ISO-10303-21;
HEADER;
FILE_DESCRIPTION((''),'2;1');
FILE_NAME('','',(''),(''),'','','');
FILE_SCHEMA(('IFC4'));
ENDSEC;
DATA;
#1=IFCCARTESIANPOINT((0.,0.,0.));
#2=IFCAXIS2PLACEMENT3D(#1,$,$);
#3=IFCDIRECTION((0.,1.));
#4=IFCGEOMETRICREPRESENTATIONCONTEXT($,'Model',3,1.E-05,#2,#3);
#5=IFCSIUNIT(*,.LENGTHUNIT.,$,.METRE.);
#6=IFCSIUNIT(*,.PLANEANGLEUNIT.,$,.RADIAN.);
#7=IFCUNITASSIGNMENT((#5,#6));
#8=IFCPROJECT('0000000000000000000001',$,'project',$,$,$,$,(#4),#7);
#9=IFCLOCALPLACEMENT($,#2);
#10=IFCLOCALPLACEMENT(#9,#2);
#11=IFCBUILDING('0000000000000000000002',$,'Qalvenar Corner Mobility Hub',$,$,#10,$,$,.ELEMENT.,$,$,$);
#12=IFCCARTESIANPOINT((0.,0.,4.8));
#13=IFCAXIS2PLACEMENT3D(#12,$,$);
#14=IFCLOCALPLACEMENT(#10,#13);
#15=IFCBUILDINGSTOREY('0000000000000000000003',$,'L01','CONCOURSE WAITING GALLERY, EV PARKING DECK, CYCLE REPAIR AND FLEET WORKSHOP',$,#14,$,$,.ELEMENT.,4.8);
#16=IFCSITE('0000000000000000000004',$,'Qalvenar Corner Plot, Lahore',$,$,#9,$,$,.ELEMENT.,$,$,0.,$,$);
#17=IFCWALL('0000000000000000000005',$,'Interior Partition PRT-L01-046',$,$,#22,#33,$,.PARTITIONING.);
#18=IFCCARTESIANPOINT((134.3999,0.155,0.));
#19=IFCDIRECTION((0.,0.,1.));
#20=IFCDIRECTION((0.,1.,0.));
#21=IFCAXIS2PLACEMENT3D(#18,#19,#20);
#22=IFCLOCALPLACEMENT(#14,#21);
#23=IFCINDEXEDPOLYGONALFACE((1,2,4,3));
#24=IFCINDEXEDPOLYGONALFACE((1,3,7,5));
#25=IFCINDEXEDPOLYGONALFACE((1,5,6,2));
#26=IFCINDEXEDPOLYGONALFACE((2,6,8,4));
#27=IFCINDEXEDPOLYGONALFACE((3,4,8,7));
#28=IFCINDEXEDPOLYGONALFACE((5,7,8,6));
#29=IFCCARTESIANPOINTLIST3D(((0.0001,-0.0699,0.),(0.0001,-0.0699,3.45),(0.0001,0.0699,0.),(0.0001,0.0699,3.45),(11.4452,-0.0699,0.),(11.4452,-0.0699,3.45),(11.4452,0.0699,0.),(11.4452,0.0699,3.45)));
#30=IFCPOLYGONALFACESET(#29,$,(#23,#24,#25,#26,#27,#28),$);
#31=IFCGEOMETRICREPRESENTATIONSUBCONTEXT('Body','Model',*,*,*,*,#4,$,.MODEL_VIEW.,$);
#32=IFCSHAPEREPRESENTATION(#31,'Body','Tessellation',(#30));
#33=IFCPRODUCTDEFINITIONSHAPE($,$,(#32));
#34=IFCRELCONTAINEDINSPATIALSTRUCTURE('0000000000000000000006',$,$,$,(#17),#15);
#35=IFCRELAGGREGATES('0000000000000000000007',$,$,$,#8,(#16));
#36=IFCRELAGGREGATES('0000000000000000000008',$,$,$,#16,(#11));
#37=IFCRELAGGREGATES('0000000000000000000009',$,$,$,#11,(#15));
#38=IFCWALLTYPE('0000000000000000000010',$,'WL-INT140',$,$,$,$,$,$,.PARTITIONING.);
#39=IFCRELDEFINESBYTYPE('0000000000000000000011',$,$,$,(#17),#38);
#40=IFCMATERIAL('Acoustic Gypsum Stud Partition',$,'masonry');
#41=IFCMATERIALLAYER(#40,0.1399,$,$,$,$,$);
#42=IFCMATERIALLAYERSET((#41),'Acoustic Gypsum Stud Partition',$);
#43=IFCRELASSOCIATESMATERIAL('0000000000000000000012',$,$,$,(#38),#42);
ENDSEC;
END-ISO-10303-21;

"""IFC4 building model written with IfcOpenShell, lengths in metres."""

from ifc_helpers import new_model, si_unit, direction, frame, frame_2d, origin, place, context, subcontext, project, spatial, rectangle, extrude, material, layer, layer_set, type_object, element, save


model = new_model("IFC4")

# Units and contexts
model_context = context("Model", 3, precision=1e-05, world=origin(), true_north=direction((0.0, 1.0)))
body_context = subcontext(model_context, "Body", "Model", "MODEL_VIEW")
ifc_project = project(units=[si_unit("LENGTHUNIT", "METRE"), si_unit("PLANEANGLEUNIT", "RADIAN")], contexts=[model_context])

# Site, building, storey
site_placement = place(None, origin())
site = spatial("IfcSite", under=ifc_project, at=site_placement, Name="Qalvenar Corner Plot, Lahore", CompositionType="ELEMENT", RefElevation=0.0)
building_placement = place(site_placement, origin())
building = spatial("IfcBuilding", under=site, at=building_placement, Name="Qalvenar Corner Mobility Hub", CompositionType="ELEMENT")
storey_placement = place(building_placement, frame((0.0, 0.0, 4.8)))
storey = spatial("IfcBuildingStorey", under=building, at=storey_placement, Name="L01", Description="CONCOURSE WAITING GALLERY, EV PARKING DECK, CYCLE REPAIR AND FLEET WORKSHOP", CompositionType="ELEMENT", Elevation=4.8)

# Wall
ifc_material_1 = material(Name="Acoustic Gypsum Stud Partition", Category="masonry")
ifc_layer_1 = layer(ifc_material_1, 0.1399)
ifc_layer_set_1 = layer_set([ifc_layer_1], Name="Acoustic Gypsum Stud Partition")
wall_type = type_object("IfcWallType", Name="WL-INT140", PredefinedType="PARTITIONING", material=ifc_layer_set_1)
wall_placement = place(storey_placement, frame((134.3999, 0.155, 0.0), z_axis=(0.0, 0.0, 1.0), x_axis=(0.0, 1.0, 0.0)))
element("IfcWall", 1, at=wall_placement, inside=storey, type_object=wall_type, Name="Interior Partition PRT-L01-046", PredefinedType="PARTITIONING", context=body_context, shape_type="SweptSolid", body=[
    extrude(rectangle(XDim=11.4451, YDim=0.1399, at=frame_2d((5.7227, 0.0))), origin(), (0.0, 0.0, 1.0), 3.45),
])

save(model, "model.ifc")
